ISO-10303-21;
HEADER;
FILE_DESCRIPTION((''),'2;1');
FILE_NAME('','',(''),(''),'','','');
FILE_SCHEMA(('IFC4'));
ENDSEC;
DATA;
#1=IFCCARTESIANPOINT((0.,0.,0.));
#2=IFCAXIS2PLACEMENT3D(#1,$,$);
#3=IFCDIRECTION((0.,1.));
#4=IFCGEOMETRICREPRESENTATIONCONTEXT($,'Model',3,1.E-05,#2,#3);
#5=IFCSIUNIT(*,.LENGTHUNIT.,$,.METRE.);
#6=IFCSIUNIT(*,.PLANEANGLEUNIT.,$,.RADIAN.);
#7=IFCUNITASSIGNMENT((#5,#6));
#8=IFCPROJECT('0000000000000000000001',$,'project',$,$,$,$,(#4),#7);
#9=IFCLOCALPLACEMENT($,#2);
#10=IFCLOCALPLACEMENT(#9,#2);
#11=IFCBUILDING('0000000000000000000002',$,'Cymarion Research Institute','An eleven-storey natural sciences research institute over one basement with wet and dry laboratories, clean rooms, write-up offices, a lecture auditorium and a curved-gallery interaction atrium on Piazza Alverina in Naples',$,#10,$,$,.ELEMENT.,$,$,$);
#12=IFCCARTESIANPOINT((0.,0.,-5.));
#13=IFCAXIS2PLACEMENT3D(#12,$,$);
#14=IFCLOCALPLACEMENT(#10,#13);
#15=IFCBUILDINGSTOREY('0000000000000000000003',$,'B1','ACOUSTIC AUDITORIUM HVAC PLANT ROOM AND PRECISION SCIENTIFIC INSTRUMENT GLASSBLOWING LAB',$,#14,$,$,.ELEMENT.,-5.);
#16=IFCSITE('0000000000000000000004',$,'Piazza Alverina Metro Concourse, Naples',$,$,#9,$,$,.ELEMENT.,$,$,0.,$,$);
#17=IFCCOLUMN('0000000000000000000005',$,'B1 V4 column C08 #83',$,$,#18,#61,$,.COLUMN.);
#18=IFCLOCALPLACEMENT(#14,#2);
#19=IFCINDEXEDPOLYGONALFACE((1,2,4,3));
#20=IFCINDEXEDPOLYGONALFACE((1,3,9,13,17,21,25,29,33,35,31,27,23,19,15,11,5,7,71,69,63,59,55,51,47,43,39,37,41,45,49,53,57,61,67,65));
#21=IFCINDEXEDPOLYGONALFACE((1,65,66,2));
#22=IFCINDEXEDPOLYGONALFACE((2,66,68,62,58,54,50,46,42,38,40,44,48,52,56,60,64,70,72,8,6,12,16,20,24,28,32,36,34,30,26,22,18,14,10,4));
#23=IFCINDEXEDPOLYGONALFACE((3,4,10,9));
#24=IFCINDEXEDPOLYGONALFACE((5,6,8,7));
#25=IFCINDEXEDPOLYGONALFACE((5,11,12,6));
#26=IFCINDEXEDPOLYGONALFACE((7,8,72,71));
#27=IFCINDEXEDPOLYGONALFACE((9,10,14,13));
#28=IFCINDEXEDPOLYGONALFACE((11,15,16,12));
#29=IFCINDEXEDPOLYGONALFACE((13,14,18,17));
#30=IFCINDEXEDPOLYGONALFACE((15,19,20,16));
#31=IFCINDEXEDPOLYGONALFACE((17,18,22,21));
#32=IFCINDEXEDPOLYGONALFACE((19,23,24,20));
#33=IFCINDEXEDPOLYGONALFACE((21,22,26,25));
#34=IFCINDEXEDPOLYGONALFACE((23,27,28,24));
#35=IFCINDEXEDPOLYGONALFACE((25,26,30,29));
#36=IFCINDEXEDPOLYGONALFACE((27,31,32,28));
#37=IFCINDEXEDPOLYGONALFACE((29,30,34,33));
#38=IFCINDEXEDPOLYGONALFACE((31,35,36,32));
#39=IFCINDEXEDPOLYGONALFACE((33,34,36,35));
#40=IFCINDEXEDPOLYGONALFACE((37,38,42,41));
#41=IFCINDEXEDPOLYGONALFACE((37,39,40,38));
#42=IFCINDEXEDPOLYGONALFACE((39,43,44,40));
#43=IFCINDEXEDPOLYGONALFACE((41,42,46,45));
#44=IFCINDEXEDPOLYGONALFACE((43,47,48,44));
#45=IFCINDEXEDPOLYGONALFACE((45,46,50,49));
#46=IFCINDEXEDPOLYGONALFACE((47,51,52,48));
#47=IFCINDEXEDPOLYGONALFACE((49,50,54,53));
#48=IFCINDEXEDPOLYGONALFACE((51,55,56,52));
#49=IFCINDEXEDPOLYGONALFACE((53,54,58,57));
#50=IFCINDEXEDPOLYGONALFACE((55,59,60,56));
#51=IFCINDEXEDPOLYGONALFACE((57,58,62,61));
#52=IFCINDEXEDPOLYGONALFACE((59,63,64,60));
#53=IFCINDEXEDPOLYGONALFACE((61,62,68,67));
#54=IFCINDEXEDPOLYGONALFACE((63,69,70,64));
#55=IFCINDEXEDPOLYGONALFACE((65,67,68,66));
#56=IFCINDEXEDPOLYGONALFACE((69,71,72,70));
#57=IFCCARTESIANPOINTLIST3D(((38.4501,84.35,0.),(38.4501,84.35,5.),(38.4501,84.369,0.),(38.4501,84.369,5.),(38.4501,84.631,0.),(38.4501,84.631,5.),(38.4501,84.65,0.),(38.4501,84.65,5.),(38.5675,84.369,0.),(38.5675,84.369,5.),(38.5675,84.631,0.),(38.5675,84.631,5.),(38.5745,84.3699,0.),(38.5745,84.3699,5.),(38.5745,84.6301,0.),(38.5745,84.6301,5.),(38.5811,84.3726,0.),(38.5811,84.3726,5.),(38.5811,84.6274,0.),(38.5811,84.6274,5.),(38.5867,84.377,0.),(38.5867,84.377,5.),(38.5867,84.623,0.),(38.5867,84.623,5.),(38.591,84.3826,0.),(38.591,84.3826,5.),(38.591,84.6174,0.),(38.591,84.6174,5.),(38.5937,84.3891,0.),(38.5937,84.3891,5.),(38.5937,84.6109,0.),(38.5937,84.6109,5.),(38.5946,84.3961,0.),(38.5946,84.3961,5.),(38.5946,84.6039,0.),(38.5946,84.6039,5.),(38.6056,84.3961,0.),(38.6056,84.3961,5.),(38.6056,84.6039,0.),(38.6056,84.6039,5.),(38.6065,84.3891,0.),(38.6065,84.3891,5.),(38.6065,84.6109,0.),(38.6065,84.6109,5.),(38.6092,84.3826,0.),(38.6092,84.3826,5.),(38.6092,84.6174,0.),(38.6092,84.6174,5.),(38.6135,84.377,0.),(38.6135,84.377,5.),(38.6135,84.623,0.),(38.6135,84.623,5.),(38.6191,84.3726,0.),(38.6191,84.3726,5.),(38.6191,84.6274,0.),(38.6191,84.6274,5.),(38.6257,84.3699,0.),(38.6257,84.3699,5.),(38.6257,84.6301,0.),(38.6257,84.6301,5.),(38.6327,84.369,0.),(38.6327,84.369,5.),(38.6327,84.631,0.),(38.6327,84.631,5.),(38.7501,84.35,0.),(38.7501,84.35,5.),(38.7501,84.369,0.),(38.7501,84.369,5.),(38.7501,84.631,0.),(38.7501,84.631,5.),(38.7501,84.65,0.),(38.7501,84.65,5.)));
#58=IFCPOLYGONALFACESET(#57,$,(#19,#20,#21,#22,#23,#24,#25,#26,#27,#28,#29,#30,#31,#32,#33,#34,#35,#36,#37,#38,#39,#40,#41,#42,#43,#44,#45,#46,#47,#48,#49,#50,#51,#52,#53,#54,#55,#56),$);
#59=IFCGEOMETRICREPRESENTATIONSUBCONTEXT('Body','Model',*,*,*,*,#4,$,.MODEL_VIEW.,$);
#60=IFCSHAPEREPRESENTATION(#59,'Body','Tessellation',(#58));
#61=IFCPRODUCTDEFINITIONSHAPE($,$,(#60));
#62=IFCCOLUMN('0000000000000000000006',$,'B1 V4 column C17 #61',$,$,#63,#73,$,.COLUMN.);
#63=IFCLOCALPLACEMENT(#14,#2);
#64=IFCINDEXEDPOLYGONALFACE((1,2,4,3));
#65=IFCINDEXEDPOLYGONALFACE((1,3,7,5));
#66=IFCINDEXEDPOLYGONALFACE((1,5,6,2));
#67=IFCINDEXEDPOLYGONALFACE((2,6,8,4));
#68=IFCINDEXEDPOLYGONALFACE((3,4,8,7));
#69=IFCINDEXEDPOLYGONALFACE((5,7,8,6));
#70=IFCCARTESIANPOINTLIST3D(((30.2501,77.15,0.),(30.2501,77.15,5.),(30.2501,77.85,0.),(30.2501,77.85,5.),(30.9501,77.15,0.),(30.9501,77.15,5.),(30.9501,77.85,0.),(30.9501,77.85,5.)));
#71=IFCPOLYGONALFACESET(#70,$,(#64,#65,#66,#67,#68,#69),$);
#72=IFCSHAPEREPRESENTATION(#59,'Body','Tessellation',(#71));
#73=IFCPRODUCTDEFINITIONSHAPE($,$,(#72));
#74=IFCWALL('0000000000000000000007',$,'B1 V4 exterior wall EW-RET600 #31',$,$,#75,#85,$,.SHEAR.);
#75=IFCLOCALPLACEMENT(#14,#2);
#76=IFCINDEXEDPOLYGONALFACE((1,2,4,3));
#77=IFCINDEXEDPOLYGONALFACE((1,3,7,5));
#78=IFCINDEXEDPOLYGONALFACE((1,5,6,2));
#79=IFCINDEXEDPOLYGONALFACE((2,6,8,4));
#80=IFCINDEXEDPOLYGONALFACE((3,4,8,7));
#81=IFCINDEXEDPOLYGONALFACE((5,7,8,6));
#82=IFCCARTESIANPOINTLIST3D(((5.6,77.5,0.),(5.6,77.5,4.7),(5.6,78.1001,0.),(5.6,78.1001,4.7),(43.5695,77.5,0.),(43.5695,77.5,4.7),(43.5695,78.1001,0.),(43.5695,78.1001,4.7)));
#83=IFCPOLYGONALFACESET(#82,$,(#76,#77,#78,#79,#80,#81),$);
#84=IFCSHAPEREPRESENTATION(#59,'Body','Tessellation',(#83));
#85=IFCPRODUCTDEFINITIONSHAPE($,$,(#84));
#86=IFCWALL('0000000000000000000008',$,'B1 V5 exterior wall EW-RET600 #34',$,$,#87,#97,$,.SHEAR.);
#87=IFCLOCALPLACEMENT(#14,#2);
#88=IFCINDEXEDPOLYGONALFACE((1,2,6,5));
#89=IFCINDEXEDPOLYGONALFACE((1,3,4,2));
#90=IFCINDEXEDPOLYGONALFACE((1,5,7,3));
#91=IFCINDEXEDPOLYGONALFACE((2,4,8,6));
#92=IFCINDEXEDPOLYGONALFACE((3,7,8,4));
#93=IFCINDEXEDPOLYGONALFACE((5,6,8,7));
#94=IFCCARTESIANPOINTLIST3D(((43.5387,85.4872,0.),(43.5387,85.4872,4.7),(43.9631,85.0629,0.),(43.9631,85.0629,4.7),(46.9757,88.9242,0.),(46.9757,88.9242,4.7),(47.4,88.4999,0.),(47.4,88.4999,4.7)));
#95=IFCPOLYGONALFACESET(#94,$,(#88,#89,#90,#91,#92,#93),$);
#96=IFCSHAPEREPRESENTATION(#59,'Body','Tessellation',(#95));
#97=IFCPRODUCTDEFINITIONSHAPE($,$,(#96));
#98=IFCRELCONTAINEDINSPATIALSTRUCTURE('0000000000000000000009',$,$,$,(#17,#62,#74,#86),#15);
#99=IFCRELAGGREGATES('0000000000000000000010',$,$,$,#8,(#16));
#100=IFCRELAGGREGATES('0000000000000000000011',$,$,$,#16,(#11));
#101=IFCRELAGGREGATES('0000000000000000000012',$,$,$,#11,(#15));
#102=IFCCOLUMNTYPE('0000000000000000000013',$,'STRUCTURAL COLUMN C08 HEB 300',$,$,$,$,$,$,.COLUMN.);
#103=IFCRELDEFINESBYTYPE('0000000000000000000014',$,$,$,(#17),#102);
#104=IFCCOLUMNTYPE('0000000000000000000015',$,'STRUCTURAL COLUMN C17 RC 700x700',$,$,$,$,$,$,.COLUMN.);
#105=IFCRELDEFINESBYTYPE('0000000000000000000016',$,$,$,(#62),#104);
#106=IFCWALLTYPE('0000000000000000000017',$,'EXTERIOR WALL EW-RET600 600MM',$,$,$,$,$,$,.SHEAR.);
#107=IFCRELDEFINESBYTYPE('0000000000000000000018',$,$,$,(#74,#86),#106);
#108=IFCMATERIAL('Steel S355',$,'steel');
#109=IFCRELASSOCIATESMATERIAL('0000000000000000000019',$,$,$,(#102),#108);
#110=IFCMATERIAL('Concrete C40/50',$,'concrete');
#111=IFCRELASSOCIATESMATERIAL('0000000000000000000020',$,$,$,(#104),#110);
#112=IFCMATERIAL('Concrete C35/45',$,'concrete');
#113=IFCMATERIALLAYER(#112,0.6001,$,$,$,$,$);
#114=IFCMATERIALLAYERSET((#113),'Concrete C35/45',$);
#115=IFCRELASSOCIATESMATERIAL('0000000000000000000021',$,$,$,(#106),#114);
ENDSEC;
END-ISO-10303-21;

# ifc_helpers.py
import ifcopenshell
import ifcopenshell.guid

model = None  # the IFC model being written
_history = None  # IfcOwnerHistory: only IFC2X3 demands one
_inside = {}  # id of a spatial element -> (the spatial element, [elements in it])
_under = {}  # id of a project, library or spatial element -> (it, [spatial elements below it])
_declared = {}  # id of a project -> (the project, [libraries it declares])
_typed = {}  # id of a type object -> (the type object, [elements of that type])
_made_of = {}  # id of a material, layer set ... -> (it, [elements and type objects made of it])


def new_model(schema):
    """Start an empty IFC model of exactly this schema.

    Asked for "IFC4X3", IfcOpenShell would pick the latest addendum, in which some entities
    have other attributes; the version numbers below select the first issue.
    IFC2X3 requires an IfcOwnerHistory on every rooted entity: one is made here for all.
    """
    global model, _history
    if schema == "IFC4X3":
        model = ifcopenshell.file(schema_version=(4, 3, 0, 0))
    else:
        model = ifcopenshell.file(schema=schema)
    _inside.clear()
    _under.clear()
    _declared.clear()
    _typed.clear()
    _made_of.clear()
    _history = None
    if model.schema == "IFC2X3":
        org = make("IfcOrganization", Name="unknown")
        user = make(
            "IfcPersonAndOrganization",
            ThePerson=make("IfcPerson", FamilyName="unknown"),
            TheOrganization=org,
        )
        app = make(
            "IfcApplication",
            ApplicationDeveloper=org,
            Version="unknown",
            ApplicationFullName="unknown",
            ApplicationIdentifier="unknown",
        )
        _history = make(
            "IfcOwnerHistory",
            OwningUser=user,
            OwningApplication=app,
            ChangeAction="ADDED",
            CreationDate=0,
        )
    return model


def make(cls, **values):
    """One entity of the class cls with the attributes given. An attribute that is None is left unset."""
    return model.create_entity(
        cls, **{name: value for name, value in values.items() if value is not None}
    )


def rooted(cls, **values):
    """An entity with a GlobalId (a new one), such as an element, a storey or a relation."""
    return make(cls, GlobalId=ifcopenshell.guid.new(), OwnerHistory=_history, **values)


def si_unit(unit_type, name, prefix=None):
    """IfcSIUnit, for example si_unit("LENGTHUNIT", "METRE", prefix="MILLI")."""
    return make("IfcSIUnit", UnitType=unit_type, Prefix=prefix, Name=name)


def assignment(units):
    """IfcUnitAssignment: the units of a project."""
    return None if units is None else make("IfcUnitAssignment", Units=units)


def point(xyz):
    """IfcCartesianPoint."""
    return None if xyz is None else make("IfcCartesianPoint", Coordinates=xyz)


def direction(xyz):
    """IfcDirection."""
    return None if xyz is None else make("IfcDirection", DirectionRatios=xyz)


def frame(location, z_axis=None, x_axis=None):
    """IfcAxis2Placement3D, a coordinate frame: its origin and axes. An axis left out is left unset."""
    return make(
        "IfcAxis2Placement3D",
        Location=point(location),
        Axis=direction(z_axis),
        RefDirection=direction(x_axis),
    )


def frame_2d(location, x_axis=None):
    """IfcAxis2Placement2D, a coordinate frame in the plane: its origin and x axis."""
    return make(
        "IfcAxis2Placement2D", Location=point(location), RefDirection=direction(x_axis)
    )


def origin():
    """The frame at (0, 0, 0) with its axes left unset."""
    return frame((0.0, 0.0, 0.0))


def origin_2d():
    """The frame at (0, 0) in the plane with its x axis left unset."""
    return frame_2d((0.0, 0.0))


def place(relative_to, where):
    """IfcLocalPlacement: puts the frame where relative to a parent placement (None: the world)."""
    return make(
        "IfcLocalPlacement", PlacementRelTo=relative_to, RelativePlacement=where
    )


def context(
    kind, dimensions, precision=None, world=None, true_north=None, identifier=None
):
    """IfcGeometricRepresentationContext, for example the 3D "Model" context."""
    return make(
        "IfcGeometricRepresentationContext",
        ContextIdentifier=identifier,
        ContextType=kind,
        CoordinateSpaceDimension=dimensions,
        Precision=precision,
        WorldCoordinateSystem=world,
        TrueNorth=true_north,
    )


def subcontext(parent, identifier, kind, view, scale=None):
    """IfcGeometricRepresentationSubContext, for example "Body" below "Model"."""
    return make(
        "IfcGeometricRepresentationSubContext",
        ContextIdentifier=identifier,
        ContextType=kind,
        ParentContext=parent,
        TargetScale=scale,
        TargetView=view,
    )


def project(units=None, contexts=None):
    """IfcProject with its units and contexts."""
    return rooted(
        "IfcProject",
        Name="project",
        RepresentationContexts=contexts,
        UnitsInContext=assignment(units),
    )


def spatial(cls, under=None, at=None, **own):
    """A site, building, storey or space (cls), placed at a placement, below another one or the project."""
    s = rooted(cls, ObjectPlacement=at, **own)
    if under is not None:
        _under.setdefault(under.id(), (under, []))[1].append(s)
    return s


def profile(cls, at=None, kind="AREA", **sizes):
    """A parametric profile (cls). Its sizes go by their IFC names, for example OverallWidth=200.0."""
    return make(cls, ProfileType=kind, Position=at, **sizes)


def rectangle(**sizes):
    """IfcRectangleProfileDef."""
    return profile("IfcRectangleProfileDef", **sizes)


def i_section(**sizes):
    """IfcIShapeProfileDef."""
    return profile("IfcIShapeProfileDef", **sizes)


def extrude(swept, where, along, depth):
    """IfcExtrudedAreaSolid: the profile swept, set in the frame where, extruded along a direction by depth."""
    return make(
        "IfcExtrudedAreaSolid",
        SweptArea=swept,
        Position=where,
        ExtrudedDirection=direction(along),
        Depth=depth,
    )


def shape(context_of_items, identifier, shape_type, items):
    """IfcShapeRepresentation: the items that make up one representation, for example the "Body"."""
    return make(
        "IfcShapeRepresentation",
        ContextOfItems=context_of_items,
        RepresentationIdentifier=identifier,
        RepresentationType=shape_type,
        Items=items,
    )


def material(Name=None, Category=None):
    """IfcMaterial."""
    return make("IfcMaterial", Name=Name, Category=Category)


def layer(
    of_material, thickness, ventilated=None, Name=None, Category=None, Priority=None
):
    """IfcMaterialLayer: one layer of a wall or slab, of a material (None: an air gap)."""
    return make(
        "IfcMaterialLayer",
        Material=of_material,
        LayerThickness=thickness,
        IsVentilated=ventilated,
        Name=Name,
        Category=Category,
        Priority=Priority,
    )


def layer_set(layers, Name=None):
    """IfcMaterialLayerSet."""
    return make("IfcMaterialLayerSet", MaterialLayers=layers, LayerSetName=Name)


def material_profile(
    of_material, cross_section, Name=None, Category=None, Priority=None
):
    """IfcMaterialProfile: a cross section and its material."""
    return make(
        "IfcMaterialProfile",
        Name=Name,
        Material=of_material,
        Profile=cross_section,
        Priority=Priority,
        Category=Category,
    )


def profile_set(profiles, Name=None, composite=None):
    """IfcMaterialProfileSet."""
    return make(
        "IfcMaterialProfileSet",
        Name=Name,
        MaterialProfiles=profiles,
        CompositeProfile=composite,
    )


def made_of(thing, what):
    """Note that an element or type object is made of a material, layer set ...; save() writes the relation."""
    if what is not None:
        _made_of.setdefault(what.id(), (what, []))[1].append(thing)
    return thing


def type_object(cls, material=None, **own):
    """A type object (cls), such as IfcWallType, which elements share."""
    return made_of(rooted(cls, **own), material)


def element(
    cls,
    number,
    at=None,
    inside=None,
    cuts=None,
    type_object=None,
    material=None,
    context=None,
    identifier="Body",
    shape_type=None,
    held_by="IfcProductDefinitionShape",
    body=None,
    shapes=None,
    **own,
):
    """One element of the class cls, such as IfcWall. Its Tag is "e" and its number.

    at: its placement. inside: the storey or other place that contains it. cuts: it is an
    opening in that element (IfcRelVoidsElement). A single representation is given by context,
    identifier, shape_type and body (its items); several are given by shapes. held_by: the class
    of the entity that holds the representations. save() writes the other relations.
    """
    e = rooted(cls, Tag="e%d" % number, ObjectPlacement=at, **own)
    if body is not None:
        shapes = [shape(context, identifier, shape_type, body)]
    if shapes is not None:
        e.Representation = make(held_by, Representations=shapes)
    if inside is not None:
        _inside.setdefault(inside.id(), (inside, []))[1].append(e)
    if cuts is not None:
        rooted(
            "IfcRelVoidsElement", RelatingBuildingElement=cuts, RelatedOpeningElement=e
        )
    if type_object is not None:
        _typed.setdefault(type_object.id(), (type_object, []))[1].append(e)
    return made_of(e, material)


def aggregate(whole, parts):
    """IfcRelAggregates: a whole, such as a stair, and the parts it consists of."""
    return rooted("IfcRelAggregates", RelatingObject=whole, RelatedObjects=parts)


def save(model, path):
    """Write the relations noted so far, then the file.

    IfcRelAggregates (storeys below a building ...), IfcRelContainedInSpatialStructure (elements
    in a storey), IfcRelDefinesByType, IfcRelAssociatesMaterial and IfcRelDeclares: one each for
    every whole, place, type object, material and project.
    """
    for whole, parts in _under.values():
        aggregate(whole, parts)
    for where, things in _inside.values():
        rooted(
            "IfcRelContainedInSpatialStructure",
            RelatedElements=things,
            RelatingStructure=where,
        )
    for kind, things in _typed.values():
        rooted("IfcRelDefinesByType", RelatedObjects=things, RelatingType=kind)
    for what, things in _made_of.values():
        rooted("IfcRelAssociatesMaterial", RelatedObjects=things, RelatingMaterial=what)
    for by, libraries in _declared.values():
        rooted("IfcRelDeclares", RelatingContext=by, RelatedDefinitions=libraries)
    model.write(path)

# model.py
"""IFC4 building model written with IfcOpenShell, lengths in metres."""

from ifc_helpers import new_model, si_unit, direction, frame, frame_2d, origin, origin_2d, place, context, subcontext, project, spatial, rectangle, i_section, extrude, material, layer, layer_set, material_profile, profile_set, type_object, element, save


model = new_model("IFC4")

# Units and contexts
model_context = context("Model", 3, precision=1e-05, world=origin(), true_north=direction((0.0, 1.0)))
body_context = subcontext(model_context, "Body", "Model", "MODEL_VIEW")
ifc_project = project(units=[si_unit("LENGTHUNIT", "METRE"), si_unit("PLANEANGLEUNIT", "RADIAN")], contexts=[model_context])

# Site, building, storey
site_placement = place(None, origin())
site = spatial("IfcSite", under=ifc_project, at=site_placement, Name="Piazza Alverina Metro Concourse, Naples", CompositionType="ELEMENT", RefElevation=0.0)
building_placement = place(site_placement, origin())
building = spatial("IfcBuilding", under=site, at=building_placement, Name="Cymarion Research Institute", Description="An eleven-storey natural sciences research institute over one basement with wet and dry laboratories, clean rooms, write-up offices, a lecture auditorium and a curved-gallery interaction atrium on Piazza Alverina in Naples", CompositionType="ELEMENT")
storey_placement = place(building_placement, frame((0.0, 0.0, -5.0)))
storey = spatial("IfcBuildingStorey", under=building, at=storey_placement, Name="B1", Description="ACOUSTIC AUDITORIUM HVAC PLANT ROOM AND PRECISION SCIENTIFIC INSTRUMENT GLASSBLOWING LAB", CompositionType="ELEMENT", Elevation=-5.0)

# Shared definitions
ifc_material_1 = material(Name="Concrete C35/45", Category="concrete")

# Columns
ifc_material_2 = material(Name="Steel S355", Category="steel")
ifc_material_profile_1 = material_profile(ifc_material_2, i_section(OverallWidth=0.3, OverallDepth=0.3, WebThickness=0.011, FlangeThickness=0.019, FilletRadius=0.0271, at=origin_2d()), Name="HEB 300")
ifc_profile_set_1 = profile_set([ifc_material_profile_1], Name="Steel S355")
column_type_1 = type_object("IfcColumnType", Name="STRUCTURAL COLUMN C08 HEB 300", PredefinedType="COLUMN", material=ifc_profile_set_1)
for number, where, z_axis, x_axis, name in (
    (1, (38.6001, 84.5, 0.0), (0.0, 0.0, 1.0), (1.0, 0.0, 0.0), "B1 V4 column C08 #83"),
):
    element("IfcColumn", number, at=place(storey_placement, frame(where, z_axis=z_axis, x_axis=x_axis)), inside=storey, type_object=column_type_1, Name=name, PredefinedType="COLUMN", context=body_context, shape_type="SweptSolid", body=[
        extrude(i_section(OverallWidth=0.3, OverallDepth=0.3, WebThickness=0.011, FlangeThickness=0.019, FilletRadius=0.0271, at=origin_2d()), origin(), (0.0, 0.0, 1.0), 5.0),
    ])
ifc_material_3 = material(Name="Concrete C40/50", Category="concrete")
ifc_material_profile_2 = material_profile(ifc_material_3, rectangle(XDim=0.7, YDim=0.7, at=origin_2d()), Name="RC 700x700")
ifc_profile_set_2 = profile_set([ifc_material_profile_2], Name="Concrete C40/50")
column_type_2 = type_object("IfcColumnType", Name="STRUCTURAL COLUMN C17 RC 700x700", PredefinedType="COLUMN", material=ifc_profile_set_2)
column_1_placement = place(storey_placement, frame((30.6001, 77.5, 0.0), z_axis=(0.0, 0.0, 1.0), x_axis=(1.0, 0.0, 0.0)))
element("IfcColumn", 2, at=column_1_placement, inside=storey, type_object=column_type_2, Name="B1 V4 column C17 #61", PredefinedType="COLUMN", context=body_context, shape_type="SweptSolid", body=[
    extrude(rectangle(XDim=0.7, YDim=0.7, at=origin_2d()), origin(), (0.0, 0.0, 1.0), 5.0),
])

# Walls
ifc_layer_1 = layer(ifc_material_1, 0.6001)
ifc_layer_set_1 = layer_set([ifc_layer_1], Name="Concrete C35/45")
wall_type = type_object("IfcWallType", Name="EXTERIOR WALL EW-RET600 600MM", PredefinedType="SHEAR", material=ifc_layer_set_1)
wall_1_placement = place(storey_placement, frame((43.5696, 77.8, 0.0), z_axis=(0.0, 0.0, 1.0), x_axis=(-1.0, 0.0, 0.0)))
element("IfcWall", 3, at=wall_1_placement, inside=storey, type_object=wall_type, Name="B1 V4 exterior wall EW-RET600 #31", PredefinedType="SHEAR", context=body_context, shape_type="SweptSolid", body=[
    extrude(rectangle(XDim=37.9695, YDim=0.6001, at=frame_2d((18.9849, 0.0))), origin(), (0.0, 0.0, 1.0), 4.7),
])
wall_2_placement = place(storey_placement, frame((43.751, 85.2751, 0.0), z_axis=(0.0, 0.0, 1.0), x_axis=(0.707107, 0.707107, 0.0)))
element("IfcWall", 4, at=wall_2_placement, inside=storey, type_object=wall_type, Name="B1 V5 exterior wall EW-RET600 #34", PredefinedType="SHEAR", context=body_context, shape_type="SweptSolid", body=[
    extrude(rectangle(XDim=4.8606, YDim=0.6001, at=frame_2d((2.4302, 0.0))), origin(), (0.0, 0.0, 1.0), 4.7),
])

save(model, "model.ifc")
